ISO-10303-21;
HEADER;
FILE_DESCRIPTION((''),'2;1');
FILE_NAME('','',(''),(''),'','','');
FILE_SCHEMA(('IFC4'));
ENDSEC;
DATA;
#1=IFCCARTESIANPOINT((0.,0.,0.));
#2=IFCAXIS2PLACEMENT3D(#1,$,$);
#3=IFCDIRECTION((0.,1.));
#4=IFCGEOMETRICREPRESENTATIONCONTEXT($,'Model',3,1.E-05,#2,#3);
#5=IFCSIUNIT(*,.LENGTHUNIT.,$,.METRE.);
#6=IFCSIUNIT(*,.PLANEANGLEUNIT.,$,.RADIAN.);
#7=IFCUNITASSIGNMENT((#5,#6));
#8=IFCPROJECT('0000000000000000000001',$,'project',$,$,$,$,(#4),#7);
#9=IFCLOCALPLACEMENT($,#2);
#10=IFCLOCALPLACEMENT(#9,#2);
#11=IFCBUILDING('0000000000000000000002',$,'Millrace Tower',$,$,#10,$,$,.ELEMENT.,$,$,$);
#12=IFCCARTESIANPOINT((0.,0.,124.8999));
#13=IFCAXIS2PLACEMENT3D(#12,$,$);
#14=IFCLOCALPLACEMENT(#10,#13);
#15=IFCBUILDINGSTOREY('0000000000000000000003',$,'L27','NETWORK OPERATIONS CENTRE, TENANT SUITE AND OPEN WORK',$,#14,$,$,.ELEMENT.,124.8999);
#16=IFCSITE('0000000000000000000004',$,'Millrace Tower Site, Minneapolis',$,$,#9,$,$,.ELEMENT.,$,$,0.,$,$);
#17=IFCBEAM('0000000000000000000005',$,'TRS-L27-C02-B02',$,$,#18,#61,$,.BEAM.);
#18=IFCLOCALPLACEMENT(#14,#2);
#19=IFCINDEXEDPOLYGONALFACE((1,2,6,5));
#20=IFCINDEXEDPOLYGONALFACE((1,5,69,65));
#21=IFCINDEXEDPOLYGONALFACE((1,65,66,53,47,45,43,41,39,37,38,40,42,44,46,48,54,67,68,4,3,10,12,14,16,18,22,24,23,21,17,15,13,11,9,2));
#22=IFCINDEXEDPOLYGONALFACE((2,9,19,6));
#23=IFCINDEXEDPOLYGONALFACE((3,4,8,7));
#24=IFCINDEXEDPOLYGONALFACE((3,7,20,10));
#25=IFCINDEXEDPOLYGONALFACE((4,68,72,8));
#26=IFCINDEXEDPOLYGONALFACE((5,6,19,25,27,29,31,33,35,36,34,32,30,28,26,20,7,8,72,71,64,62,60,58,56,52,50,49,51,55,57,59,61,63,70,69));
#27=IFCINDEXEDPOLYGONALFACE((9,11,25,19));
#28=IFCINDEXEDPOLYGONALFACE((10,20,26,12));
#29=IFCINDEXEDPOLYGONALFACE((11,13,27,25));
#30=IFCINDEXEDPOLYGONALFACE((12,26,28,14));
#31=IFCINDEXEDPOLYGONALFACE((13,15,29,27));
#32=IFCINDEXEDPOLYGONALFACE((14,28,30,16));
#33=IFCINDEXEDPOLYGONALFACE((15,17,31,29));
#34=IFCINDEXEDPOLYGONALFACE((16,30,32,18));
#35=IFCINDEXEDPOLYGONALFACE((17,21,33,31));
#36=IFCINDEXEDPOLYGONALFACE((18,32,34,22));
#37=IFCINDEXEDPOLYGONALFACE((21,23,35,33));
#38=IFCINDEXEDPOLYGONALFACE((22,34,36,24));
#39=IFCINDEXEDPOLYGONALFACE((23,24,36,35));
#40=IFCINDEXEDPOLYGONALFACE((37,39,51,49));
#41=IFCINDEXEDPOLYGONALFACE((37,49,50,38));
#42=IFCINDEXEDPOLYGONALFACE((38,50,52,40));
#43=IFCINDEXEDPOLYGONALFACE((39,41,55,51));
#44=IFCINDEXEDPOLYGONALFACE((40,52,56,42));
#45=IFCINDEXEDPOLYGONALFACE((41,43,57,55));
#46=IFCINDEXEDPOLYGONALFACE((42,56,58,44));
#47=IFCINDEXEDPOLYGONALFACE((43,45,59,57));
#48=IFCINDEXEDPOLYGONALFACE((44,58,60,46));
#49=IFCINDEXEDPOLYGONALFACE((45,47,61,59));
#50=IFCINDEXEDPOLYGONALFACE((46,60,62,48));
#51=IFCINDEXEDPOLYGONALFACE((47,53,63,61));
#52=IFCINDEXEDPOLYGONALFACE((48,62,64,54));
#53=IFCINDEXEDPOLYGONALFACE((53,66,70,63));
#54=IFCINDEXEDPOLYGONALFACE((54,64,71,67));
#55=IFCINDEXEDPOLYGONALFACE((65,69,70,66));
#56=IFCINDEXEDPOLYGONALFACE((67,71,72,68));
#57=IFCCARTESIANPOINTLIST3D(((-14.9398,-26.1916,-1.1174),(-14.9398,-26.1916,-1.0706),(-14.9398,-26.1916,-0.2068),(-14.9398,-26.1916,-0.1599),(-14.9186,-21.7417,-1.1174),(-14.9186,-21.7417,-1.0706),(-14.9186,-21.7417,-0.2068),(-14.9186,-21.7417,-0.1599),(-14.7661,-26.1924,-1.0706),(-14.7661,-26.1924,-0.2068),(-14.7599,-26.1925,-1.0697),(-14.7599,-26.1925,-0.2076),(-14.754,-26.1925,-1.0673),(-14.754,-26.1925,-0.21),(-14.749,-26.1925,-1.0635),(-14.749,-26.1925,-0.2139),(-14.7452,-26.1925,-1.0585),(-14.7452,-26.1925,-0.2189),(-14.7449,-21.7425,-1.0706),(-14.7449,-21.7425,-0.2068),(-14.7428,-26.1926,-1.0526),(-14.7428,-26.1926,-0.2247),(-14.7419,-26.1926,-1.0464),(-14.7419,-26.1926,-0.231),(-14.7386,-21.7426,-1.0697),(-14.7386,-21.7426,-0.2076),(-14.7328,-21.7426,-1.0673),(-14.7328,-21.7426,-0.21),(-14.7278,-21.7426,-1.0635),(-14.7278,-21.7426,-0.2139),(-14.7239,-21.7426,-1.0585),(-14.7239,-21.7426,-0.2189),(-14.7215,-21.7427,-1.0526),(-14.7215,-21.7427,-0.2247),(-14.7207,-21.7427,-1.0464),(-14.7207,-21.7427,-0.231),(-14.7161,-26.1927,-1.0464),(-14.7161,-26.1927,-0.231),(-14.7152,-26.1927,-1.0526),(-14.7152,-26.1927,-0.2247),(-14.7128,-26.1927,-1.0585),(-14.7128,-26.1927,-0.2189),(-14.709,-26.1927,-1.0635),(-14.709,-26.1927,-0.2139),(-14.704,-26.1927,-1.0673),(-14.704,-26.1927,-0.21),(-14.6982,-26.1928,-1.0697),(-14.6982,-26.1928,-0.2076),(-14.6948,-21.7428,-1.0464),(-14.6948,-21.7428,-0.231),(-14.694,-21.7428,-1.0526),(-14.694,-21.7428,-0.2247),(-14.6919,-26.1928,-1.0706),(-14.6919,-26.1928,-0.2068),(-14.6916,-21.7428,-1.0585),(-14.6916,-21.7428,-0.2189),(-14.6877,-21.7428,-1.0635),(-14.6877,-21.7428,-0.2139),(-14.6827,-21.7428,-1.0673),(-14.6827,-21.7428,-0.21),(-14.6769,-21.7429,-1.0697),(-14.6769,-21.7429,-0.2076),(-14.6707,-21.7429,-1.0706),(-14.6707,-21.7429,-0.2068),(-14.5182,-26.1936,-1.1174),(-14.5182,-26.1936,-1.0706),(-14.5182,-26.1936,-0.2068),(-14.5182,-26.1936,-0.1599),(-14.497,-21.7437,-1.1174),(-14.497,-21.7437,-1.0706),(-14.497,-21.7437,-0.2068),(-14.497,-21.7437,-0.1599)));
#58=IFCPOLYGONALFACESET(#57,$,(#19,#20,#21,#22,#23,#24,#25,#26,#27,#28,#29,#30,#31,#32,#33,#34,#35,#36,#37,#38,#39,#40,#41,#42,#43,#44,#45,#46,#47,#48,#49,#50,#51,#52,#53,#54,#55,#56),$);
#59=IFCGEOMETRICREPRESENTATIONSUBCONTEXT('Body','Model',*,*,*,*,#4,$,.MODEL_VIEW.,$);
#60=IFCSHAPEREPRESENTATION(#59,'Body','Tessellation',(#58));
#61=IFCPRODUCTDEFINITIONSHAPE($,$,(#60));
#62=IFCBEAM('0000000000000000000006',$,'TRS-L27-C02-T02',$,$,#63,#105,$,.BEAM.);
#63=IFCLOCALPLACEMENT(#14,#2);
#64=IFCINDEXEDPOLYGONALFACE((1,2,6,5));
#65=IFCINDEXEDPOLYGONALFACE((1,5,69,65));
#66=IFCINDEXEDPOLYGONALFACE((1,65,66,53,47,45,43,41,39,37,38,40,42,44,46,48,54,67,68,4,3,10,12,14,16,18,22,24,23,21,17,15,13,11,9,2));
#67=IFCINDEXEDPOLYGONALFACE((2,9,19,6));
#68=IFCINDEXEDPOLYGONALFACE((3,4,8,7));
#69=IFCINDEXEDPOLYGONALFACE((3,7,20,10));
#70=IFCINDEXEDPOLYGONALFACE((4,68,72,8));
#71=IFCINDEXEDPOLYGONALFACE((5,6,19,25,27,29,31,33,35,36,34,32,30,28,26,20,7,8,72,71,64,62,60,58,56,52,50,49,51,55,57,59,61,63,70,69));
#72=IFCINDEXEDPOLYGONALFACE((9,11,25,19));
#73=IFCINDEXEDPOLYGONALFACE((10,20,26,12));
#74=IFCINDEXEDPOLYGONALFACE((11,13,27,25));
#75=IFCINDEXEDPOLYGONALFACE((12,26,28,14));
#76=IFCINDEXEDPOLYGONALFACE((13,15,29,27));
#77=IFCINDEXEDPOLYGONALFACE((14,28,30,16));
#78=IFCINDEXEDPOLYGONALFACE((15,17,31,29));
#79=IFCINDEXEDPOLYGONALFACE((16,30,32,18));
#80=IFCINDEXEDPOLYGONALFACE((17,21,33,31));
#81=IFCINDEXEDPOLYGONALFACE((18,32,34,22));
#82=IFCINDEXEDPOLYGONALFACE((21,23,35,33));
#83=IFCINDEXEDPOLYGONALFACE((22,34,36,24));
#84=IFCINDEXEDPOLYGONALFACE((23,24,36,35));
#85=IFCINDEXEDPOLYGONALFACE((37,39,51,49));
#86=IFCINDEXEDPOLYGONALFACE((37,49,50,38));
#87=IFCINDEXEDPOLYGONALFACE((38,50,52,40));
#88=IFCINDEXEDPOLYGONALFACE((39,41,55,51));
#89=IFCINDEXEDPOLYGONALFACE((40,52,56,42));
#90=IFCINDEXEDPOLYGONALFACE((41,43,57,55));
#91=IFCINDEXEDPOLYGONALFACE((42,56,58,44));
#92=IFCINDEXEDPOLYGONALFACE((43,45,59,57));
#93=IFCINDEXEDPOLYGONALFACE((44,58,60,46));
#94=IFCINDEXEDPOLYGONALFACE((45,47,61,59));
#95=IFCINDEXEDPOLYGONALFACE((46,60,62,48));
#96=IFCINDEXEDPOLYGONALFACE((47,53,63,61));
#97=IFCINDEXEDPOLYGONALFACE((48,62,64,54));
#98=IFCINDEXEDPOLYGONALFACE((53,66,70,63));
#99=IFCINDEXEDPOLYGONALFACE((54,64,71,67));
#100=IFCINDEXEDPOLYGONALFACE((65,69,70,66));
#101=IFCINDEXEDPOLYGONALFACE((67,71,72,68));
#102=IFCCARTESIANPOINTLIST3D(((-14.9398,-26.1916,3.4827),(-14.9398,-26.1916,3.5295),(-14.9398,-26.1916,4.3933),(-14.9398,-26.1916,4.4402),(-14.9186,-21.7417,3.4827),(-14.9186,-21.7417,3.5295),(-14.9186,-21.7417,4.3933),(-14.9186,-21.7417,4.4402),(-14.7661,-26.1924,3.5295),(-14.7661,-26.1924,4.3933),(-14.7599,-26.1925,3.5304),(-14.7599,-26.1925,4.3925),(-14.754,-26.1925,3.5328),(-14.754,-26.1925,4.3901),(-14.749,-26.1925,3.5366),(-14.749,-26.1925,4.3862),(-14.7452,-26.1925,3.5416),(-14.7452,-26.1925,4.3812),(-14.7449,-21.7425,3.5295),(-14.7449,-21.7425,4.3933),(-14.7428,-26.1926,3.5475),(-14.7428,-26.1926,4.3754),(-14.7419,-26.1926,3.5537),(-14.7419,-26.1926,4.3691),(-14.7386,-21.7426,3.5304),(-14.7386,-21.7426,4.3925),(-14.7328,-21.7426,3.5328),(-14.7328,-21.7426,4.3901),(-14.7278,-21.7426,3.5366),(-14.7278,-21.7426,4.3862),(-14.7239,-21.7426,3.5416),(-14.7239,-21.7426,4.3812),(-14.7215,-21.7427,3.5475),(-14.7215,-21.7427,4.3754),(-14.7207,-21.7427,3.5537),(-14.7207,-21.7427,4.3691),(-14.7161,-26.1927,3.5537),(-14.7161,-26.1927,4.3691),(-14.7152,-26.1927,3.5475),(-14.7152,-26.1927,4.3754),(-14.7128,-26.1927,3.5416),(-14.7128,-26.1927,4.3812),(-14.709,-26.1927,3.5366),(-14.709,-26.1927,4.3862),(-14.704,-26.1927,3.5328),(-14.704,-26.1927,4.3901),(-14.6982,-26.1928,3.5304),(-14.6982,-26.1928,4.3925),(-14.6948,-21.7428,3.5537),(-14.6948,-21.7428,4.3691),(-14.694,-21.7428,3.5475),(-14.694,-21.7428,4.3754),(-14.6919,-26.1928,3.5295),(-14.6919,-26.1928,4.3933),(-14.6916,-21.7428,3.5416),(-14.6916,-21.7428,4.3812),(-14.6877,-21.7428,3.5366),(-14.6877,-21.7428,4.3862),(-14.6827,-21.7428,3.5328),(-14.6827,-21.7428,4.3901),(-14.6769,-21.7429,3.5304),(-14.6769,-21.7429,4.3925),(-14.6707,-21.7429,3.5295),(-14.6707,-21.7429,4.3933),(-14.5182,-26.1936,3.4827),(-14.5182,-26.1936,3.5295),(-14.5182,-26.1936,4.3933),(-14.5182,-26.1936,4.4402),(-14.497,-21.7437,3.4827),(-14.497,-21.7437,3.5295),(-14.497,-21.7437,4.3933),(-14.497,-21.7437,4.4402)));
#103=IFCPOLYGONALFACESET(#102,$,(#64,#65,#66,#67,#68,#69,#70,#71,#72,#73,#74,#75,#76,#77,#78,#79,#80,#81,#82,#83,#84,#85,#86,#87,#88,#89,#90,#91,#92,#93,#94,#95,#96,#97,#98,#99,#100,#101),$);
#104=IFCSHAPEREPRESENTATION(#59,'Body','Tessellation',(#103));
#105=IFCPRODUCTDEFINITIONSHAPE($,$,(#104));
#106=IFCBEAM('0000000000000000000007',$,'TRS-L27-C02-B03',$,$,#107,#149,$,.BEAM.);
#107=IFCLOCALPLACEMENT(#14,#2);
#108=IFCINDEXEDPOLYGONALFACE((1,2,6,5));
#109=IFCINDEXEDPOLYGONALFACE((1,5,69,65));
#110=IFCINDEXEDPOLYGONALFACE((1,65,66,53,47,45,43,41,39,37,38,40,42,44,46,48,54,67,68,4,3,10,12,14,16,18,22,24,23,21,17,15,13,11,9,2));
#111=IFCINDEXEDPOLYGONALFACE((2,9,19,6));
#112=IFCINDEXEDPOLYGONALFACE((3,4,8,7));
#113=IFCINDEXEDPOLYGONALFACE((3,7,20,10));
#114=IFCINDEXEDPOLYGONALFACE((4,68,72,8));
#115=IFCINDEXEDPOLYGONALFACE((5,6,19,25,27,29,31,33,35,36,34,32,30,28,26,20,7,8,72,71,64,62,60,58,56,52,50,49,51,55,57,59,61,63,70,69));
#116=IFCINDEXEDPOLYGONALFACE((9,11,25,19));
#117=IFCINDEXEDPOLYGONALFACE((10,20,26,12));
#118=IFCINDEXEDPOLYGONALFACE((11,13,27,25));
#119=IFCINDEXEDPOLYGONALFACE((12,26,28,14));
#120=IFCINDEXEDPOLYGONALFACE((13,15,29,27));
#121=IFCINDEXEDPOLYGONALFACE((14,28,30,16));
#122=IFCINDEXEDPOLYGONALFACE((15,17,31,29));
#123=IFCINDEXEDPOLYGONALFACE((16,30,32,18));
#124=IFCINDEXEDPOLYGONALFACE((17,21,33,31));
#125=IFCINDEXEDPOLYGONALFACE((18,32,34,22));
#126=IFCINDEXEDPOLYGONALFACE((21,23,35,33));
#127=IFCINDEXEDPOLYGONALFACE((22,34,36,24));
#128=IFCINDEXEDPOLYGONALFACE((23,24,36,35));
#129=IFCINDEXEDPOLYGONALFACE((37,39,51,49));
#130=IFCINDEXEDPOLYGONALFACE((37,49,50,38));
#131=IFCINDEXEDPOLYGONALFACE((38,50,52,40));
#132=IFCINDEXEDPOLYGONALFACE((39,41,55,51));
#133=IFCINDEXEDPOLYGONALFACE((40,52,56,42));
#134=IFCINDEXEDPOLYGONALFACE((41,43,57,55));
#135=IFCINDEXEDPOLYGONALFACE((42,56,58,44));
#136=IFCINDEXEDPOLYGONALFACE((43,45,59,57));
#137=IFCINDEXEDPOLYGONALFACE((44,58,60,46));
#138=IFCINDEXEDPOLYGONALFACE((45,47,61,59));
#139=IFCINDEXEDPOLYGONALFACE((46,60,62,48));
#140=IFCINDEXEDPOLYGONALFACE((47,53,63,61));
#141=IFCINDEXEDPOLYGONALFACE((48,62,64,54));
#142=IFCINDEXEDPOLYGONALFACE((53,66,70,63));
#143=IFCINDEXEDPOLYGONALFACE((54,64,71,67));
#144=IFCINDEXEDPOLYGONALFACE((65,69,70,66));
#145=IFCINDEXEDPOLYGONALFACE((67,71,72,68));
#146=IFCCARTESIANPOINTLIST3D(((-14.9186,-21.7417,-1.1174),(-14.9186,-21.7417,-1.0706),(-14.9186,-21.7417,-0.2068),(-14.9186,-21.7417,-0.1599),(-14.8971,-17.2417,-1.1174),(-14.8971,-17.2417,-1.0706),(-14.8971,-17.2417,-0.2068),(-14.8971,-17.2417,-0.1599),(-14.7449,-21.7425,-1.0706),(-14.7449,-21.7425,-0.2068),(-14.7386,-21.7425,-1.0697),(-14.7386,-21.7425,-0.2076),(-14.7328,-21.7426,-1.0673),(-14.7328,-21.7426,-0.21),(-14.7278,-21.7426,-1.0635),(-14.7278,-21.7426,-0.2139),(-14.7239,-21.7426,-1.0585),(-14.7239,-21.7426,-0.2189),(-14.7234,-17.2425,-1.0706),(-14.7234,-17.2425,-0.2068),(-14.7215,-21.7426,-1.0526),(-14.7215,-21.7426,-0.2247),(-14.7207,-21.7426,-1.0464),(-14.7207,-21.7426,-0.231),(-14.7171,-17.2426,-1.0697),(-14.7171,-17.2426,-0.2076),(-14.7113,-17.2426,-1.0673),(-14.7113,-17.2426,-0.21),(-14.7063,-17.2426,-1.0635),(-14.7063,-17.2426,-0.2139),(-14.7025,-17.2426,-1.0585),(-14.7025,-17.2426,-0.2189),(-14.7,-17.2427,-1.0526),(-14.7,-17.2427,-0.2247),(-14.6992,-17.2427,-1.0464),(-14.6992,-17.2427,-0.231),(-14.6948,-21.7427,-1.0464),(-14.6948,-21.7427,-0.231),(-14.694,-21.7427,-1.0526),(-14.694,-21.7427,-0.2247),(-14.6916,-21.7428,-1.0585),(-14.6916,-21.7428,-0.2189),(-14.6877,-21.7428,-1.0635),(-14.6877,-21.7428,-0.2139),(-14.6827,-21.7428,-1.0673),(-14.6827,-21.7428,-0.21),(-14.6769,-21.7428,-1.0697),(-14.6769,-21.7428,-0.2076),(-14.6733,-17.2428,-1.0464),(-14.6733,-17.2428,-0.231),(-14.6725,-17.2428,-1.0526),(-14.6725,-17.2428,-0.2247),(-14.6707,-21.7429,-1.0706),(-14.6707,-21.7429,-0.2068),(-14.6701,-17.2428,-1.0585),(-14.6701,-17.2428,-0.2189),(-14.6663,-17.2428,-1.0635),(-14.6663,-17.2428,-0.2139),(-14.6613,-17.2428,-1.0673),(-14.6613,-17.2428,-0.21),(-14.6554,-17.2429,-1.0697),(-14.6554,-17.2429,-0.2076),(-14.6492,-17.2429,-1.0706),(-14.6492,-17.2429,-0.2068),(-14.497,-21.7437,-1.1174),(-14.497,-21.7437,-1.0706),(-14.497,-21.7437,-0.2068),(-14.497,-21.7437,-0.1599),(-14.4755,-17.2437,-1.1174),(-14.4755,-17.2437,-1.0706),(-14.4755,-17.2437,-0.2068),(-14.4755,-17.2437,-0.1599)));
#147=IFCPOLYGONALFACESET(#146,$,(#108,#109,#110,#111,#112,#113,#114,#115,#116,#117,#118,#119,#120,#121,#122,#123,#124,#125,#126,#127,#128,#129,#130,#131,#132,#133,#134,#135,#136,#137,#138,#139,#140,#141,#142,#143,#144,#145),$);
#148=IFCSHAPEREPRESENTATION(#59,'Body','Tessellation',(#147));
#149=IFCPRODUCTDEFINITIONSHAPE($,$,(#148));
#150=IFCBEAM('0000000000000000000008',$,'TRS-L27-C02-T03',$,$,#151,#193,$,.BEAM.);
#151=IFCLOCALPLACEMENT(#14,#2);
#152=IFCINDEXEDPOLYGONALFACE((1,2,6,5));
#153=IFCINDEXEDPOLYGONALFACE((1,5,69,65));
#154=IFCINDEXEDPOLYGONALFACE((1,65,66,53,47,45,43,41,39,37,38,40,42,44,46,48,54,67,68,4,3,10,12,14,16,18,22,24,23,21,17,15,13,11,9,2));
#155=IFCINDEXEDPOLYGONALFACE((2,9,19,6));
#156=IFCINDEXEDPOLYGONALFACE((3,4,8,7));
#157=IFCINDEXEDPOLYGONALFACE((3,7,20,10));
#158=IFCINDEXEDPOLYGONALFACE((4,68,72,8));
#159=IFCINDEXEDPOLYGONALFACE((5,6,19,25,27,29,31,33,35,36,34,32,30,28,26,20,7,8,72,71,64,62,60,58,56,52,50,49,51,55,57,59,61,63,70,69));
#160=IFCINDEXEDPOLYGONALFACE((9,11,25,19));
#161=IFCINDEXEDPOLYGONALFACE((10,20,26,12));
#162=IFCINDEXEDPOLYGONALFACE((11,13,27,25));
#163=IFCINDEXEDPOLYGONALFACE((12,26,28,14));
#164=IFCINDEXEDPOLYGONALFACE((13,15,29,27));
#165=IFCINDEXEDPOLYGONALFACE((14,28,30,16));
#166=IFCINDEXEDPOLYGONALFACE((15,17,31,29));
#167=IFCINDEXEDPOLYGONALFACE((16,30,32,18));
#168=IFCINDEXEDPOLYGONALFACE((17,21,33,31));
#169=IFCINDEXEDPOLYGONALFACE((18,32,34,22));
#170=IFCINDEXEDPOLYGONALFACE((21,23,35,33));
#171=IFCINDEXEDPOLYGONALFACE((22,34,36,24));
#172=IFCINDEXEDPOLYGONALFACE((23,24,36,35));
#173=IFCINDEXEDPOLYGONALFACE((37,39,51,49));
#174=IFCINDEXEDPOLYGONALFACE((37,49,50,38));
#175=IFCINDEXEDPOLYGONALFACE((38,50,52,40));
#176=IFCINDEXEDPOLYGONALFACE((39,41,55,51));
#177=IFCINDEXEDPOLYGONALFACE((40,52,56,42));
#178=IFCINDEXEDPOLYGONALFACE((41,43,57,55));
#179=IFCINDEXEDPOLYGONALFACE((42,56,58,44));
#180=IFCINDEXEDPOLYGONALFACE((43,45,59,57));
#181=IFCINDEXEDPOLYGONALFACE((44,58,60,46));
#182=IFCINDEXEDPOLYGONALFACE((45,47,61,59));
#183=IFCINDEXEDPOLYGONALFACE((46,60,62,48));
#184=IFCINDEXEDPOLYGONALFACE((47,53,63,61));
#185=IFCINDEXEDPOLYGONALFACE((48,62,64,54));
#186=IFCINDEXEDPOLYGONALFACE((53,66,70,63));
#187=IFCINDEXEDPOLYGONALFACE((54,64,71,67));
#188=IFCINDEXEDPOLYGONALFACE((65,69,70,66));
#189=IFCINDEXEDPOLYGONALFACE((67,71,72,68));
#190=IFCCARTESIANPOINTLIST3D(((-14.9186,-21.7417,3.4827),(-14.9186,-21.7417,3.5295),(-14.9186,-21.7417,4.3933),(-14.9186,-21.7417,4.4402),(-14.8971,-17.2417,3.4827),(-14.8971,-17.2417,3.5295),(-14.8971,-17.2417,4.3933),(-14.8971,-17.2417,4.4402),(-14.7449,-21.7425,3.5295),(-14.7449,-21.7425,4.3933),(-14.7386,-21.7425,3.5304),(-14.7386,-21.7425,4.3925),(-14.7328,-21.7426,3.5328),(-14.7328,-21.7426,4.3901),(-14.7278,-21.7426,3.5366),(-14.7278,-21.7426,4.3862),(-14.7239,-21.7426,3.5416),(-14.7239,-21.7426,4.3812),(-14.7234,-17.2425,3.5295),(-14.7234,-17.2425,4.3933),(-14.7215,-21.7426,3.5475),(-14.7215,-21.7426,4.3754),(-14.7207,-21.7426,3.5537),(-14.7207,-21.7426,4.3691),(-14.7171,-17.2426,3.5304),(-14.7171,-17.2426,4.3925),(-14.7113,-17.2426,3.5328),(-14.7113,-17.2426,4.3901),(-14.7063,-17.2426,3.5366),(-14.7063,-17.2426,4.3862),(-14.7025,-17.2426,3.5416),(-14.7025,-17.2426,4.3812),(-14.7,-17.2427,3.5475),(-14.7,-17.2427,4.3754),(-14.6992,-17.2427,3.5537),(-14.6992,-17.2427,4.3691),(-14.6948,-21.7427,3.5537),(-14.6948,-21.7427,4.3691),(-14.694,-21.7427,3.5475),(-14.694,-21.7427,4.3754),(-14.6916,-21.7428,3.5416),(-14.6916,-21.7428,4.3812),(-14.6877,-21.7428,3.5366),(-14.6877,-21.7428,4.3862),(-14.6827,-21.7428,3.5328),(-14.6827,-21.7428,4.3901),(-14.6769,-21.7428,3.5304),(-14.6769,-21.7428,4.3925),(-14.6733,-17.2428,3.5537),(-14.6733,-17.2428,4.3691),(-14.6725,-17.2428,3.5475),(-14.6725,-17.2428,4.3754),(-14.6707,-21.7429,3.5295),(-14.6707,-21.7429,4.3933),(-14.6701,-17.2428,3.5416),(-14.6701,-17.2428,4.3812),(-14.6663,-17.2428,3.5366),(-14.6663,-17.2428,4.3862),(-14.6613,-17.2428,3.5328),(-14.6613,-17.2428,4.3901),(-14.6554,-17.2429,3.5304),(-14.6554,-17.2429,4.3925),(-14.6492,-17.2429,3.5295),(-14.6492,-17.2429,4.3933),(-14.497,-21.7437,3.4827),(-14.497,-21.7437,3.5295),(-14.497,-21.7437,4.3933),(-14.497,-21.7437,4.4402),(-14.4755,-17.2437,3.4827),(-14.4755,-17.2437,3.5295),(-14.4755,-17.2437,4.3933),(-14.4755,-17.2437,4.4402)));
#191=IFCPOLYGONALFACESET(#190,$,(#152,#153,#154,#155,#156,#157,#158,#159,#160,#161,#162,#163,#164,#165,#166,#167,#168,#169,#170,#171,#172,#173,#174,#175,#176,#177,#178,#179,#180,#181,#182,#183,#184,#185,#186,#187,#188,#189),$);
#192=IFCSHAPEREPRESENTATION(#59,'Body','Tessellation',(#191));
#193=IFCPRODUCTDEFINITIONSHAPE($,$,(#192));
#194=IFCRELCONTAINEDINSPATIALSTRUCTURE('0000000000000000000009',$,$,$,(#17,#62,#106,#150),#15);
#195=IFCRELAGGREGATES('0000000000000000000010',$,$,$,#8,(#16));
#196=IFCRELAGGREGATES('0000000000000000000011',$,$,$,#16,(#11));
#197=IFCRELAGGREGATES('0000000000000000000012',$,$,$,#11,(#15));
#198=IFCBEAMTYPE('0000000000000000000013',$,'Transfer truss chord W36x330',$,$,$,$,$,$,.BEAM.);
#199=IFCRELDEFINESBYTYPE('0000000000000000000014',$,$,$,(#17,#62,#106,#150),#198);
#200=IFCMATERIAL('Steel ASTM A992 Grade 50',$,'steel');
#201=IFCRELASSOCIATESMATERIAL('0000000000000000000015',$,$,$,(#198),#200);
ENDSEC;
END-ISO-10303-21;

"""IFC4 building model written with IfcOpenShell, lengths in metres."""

from ifc_helpers import new_model, si_unit, direction, frame, origin, origin_2d, place, context, subcontext, project, spatial, i_section, extrude, material, material_profile, profile_set, type_object, element, save


model = new_model("IFC4")

# Units and contexts
model_context = context("Model", 3, precision=1e-05, world=origin(), true_north=direction((0.0, 1.0)))
body_context = subcontext(model_context, "Body", "Model", "MODEL_VIEW")
ifc_project = project(units=[si_unit("LENGTHUNIT", "METRE"), si_unit("PLANEANGLEUNIT", "RADIAN")], contexts=[model_context])

# Site, building, storey
site_placement = place(None, origin())
site = spatial("IfcSite", under=ifc_project, at=site_placement, Name="Millrace Tower Site, Minneapolis", CompositionType="ELEMENT", RefElevation=0.0)
building_placement = place(site_placement, origin())
building = spatial("IfcBuilding", under=site, at=building_placement, Name="Millrace Tower", CompositionType="ELEMENT")
storey_placement = place(building_placement, frame((0.0, 0.0, 124.8999)))
storey = spatial("IfcBuildingStorey", under=building, at=storey_placement, Name="L27", Description="NETWORK OPERATIONS CENTRE, TENANT SUITE AND OPEN WORK", CompositionType="ELEMENT", Elevation=124.8999)

# Beams
ifc_material_1 = material(Name="Steel ASTM A992 Grade 50", Category="steel")
ifc_material_profile_1 = material_profile(ifc_material_1, i_section(OverallWidth=0.4216, OverallDepth=0.9575, WebThickness=0.0259, FlangeThickness=0.0469, FilletRadius=0.0242, at=origin_2d()))
ifc_profile_set_1 = profile_set([ifc_material_profile_1], Name="Steel ASTM A992 Grade 50")
beam_type_1 = type_object("IfcBeamType", Name="Transfer truss chord W36x330", PredefinedType="BEAM", material=ifc_profile_set_1)
for number, where, z_axis, x_axis, name in (
    (1, (-14.729, -26.1926, -0.6387), (0.004773, 0.999989, 0.0), (-0.999989, 0.004773, 0.0), "TRS-L27-C02-B02"),
    (2, (-14.729, -26.1926, 3.9614), (0.004773, 0.999989, 0.0), (-0.999989, 0.004773, 0.0), "TRS-L27-C02-T02"),
):
    element("IfcBeam", number, at=place(storey_placement, frame(where, z_axis=z_axis, x_axis=x_axis)), inside=storey, type_object=beam_type_1, Name=name, PredefinedType="BEAM", context=body_context, shape_type="SweptSolid", body=[
        extrude(i_section(OverallWidth=0.4216, OverallDepth=0.9575, WebThickness=0.0259, FlangeThickness=0.0469, FilletRadius=0.0242, at=origin_2d()), origin(), (0.0, 0.0, 1.0), 4.45),
    ])
for number, where, z_axis, x_axis, name in (
    (3, (-14.7078, -21.7427, -0.6387), (0.004774, 0.999989, 0.0), (-0.999989, 0.004774, 0.0), "TRS-L27-C02-B03"),
    (4, (-14.7078, -21.7427, 3.9614), (0.004774, 0.999989, 0.0), (-0.999989, 0.004774, 0.0), "TRS-L27-C02-T03"),
):
    element("IfcBeam", number, at=place(storey_placement, frame(where, z_axis=z_axis, x_axis=x_axis)), inside=storey, type_object=beam_type_1, Name=name, PredefinedType="BEAM", context=body_context, shape_type="SweptSolid", body=[
        extrude(i_section(OverallWidth=0.4216, OverallDepth=0.9575, WebThickness=0.0259, FlangeThickness=0.0469, FilletRadius=0.0242, at=origin_2d()), origin(), (0.0, 0.0, 1.0), 4.5),
    ])

save(model, "model.ifc")
